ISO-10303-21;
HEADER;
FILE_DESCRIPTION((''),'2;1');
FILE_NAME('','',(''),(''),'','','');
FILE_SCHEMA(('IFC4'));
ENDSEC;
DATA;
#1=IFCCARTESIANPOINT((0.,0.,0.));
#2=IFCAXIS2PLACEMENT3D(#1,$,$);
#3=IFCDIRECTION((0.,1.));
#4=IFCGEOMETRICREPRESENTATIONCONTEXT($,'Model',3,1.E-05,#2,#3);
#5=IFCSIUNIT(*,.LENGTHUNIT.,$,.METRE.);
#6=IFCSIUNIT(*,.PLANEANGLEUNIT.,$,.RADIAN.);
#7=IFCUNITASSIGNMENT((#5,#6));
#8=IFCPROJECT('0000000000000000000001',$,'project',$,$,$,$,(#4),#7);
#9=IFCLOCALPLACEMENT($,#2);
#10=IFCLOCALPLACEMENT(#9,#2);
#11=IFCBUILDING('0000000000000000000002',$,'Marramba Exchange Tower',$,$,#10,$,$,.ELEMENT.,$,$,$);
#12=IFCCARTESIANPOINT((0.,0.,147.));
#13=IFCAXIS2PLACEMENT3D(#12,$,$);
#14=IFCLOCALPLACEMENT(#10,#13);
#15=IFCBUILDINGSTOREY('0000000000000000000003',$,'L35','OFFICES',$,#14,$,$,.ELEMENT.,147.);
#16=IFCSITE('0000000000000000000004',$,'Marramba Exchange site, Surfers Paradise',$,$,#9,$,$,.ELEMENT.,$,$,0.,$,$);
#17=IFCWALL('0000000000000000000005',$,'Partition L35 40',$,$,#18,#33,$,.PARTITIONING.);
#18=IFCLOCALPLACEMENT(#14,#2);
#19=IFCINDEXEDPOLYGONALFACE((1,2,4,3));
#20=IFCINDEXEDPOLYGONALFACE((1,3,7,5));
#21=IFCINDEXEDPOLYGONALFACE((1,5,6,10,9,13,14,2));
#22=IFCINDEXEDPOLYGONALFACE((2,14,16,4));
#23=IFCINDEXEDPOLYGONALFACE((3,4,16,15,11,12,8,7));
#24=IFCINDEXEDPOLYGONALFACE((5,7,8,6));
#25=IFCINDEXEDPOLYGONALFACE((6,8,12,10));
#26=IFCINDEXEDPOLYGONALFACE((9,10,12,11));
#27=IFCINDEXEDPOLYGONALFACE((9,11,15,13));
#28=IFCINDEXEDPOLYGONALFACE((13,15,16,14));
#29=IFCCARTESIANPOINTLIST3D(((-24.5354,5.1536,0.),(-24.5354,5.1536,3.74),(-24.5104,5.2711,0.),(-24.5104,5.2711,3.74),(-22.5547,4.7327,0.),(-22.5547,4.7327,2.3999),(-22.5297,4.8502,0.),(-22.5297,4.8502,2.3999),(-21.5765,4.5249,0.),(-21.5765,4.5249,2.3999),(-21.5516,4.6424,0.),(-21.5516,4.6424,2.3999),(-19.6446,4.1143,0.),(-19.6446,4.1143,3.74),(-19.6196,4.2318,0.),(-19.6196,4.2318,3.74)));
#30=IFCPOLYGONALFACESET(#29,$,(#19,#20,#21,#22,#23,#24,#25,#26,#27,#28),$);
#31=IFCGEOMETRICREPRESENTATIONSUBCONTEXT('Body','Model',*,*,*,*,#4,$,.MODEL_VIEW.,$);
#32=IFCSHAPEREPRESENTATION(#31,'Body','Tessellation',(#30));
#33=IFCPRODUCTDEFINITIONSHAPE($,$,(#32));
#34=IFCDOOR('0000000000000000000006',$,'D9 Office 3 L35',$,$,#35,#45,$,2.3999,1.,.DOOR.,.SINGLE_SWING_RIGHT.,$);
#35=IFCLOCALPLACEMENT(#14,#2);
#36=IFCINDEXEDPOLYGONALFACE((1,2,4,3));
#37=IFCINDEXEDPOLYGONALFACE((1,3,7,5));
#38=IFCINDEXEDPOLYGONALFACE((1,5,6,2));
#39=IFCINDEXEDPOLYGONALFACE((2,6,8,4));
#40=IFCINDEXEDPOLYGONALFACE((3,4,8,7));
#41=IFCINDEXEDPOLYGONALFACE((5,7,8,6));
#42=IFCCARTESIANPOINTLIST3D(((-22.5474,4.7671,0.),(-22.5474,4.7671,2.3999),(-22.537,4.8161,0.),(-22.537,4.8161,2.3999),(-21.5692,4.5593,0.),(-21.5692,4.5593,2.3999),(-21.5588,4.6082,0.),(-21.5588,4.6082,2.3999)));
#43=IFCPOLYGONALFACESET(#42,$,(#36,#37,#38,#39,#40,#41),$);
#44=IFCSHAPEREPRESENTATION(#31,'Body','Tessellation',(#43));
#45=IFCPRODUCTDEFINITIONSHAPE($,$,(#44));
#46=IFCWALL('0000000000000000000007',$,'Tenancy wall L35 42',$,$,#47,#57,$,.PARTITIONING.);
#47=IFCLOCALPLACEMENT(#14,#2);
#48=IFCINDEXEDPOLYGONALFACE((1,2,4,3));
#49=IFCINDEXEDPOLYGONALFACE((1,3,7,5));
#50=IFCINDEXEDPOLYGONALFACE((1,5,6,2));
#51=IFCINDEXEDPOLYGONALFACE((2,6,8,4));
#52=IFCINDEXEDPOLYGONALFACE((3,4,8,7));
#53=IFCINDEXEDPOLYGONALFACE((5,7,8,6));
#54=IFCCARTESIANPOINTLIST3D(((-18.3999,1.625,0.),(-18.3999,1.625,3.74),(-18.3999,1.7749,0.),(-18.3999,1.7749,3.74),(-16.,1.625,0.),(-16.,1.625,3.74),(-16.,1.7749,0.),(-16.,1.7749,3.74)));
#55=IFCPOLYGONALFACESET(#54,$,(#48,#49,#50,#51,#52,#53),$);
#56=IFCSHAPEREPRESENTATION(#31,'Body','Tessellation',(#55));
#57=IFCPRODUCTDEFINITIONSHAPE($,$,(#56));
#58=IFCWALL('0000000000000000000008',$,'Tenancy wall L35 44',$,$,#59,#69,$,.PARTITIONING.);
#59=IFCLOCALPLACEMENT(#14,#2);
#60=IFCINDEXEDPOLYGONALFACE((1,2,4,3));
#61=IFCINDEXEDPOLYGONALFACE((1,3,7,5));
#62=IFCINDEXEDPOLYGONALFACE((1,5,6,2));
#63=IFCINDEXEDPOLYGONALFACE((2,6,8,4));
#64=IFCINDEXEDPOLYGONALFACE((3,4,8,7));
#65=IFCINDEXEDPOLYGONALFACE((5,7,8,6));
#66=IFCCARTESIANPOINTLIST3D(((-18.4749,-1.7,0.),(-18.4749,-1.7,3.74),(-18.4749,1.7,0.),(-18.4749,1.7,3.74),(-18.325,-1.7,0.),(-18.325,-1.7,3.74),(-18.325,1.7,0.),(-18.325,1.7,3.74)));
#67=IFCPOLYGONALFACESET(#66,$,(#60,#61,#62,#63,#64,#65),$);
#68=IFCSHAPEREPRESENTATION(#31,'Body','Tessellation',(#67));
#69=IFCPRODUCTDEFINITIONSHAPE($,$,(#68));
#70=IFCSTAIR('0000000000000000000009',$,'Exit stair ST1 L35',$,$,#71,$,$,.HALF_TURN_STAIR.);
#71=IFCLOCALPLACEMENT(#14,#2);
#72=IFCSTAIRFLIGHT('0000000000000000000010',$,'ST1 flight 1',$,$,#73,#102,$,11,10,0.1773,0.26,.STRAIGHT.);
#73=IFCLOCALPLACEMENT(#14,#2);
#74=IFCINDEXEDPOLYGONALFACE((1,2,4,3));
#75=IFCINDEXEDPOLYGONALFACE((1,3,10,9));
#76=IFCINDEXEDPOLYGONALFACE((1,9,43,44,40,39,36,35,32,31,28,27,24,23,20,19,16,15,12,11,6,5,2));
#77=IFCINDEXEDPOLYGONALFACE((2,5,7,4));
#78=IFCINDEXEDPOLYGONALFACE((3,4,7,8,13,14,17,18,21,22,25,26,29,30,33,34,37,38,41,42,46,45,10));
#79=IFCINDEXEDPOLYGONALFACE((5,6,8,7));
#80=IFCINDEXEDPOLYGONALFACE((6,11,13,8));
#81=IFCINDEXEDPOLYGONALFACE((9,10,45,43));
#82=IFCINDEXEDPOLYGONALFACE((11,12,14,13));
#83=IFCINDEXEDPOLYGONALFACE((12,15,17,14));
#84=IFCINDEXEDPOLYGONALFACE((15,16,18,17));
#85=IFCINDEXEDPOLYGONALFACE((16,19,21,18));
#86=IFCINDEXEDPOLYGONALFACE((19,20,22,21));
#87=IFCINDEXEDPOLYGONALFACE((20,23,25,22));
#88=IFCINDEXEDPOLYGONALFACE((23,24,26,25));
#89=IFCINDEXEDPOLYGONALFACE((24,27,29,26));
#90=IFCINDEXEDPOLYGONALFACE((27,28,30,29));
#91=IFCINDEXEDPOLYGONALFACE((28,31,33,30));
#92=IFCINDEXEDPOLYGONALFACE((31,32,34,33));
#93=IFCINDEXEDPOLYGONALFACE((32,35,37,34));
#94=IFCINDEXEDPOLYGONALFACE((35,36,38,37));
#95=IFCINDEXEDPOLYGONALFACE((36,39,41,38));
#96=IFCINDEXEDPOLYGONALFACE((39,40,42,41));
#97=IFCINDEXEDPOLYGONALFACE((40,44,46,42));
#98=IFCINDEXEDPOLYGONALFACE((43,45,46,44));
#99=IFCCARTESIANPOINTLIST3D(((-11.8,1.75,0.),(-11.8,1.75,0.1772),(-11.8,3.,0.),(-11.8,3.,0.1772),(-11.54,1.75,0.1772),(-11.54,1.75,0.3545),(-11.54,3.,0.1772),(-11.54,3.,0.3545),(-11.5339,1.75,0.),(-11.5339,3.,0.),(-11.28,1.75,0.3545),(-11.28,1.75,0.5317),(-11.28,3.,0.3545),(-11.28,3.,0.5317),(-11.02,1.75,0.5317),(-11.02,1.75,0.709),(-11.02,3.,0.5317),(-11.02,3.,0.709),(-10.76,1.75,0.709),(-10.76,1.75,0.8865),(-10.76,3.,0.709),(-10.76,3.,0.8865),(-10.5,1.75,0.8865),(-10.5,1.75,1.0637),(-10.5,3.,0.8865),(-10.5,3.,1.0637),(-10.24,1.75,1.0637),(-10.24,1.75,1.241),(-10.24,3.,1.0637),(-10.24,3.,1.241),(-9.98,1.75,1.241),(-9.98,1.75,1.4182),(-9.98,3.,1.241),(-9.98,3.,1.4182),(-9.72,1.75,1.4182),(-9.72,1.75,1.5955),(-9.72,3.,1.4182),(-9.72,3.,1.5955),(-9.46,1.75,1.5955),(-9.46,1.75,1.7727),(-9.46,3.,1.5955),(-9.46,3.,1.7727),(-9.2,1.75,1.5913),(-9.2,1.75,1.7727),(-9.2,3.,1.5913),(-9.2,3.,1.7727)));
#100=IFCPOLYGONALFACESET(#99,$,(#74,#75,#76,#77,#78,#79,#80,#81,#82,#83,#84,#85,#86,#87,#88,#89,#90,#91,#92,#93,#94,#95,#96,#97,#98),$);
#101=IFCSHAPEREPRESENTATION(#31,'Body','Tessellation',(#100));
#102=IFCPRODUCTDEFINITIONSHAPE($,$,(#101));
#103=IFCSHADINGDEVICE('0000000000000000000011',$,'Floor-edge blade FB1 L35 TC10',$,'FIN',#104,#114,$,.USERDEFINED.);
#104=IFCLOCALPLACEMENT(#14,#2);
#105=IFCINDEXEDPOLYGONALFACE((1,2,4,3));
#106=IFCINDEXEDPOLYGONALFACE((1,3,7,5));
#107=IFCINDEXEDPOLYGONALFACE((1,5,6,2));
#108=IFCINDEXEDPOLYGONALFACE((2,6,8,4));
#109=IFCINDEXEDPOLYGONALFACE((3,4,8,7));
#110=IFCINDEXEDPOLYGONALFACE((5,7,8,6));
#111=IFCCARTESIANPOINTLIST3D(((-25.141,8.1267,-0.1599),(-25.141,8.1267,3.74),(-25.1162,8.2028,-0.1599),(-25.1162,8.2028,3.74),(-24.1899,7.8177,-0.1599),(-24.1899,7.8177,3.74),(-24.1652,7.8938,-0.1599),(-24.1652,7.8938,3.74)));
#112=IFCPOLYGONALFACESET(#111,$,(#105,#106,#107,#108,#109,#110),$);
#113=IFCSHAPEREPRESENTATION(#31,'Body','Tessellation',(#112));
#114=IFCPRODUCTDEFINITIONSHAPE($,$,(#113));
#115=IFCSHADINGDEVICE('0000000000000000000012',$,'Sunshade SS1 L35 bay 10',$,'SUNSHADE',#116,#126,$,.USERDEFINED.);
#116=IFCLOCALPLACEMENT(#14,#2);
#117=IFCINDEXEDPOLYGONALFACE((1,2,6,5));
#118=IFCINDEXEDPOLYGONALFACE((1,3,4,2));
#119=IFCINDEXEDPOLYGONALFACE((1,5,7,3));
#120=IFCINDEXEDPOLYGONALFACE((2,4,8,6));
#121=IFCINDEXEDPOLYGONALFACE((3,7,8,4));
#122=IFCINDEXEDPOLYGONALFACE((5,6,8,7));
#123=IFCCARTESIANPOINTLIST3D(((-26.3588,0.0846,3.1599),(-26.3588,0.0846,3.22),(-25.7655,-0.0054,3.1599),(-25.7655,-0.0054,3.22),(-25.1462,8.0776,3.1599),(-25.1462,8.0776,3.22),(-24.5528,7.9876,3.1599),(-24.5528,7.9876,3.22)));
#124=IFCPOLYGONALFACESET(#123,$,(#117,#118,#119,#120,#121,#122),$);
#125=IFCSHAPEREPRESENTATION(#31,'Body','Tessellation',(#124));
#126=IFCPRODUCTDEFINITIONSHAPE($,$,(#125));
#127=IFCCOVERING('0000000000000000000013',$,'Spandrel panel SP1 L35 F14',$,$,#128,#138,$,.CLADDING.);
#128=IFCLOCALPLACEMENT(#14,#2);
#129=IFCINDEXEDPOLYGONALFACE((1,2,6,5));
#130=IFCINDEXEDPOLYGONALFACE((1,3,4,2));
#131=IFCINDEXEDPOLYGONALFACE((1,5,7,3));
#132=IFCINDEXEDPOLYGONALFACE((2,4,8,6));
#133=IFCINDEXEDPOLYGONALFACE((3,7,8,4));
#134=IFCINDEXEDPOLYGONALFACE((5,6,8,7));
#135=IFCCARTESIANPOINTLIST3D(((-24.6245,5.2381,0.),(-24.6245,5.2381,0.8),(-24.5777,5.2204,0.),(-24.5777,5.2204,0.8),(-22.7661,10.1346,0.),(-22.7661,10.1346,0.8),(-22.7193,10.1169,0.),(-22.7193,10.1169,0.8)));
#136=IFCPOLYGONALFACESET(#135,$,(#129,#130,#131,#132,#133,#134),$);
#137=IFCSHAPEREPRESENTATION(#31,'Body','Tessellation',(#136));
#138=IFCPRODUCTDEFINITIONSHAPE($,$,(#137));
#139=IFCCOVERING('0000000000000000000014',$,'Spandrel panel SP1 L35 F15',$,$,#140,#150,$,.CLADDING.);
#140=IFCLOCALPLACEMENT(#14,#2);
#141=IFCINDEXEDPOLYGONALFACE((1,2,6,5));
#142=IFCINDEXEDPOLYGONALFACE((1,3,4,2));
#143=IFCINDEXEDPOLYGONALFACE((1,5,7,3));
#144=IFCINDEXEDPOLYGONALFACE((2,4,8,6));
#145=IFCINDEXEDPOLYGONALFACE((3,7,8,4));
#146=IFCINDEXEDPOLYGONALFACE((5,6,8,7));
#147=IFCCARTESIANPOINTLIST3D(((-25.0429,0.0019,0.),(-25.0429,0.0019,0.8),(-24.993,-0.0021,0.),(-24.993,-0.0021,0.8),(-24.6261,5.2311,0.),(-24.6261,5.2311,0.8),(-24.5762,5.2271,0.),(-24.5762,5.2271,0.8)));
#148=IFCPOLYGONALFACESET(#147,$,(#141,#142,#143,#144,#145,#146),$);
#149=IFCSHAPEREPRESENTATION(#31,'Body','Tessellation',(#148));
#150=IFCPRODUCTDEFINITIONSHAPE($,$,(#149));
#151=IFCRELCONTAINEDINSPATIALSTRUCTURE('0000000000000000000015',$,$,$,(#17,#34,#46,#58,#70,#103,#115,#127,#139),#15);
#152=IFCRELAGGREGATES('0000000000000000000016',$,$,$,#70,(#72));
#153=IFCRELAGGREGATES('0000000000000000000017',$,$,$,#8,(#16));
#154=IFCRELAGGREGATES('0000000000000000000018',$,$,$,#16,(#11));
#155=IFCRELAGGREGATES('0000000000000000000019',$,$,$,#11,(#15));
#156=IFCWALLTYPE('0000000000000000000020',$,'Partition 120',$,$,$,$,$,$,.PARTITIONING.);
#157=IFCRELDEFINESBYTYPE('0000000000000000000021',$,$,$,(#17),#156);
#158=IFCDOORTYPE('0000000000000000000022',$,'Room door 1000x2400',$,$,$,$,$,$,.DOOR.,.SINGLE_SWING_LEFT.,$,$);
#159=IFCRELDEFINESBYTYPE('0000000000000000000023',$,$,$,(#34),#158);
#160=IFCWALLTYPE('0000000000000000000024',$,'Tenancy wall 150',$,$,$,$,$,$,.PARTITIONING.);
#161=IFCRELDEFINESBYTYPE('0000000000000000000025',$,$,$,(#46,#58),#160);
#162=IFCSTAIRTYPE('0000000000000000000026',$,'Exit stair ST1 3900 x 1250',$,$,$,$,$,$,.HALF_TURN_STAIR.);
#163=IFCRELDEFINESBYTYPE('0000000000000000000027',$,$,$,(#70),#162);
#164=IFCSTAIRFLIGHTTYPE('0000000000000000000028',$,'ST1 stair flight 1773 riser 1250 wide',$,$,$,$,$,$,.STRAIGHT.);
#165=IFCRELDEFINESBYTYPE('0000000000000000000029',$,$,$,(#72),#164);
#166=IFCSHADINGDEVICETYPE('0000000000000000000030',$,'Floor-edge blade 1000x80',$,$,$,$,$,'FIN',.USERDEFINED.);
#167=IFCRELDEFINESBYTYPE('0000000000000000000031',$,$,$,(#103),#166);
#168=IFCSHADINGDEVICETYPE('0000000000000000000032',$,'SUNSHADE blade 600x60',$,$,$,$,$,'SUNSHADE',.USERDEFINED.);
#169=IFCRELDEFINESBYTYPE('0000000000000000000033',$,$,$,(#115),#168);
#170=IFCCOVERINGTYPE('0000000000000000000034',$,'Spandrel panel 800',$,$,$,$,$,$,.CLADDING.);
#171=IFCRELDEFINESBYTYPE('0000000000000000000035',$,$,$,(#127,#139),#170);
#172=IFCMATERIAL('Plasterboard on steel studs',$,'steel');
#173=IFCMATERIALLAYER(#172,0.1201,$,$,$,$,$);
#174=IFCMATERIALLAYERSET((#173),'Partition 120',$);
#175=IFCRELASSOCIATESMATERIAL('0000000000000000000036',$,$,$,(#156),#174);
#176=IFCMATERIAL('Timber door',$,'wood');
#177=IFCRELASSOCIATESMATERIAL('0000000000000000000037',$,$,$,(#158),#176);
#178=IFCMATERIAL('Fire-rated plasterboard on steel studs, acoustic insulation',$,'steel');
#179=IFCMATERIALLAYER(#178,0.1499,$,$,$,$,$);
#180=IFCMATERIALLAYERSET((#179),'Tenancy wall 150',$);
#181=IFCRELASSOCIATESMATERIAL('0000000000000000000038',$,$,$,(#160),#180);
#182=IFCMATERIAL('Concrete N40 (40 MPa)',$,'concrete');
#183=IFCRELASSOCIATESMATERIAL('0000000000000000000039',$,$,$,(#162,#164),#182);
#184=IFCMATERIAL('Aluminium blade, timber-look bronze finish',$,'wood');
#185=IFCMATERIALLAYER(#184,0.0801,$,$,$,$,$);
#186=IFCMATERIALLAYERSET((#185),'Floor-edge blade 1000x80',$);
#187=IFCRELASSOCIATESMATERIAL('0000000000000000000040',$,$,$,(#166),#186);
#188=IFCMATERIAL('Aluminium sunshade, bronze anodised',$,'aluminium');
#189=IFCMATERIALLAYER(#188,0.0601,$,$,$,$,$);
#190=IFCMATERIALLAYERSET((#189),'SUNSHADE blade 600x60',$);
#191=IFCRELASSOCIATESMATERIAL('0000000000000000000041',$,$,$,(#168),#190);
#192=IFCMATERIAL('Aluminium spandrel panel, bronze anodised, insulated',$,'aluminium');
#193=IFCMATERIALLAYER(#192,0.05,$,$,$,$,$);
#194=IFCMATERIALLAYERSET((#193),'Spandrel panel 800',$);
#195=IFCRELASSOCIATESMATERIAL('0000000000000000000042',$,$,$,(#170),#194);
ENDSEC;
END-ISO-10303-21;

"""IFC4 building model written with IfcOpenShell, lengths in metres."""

from ifc_helpers import new_model, si_unit, direction, frame, frame_2d, origin, origin_2d, place, context, subcontext, project, spatial, polyline, rectangle, outline, extrude, material, layer, layer_set, type_object, element, fill, aggregate, save


model = new_model("IFC4")

# Units and contexts
model_context = context("Model", 3, precision=1e-05, world=origin(), true_north=direction((0.0, 1.0)))
body_context = subcontext(model_context, "Body", "Model", "MODEL_VIEW")
ifc_project = project(units=[si_unit("LENGTHUNIT", "METRE"), si_unit("PLANEANGLEUNIT", "RADIAN")], contexts=[model_context])

# Site, building, storey
site_placement = place(None, origin())
site = spatial("IfcSite", under=ifc_project, at=site_placement, Name="Marramba Exchange site, Surfers Paradise", CompositionType="ELEMENT", RefElevation=0.0)
building_placement = place(site_placement, origin())
building = spatial("IfcBuilding", under=site, at=building_placement, Name="Marramba Exchange Tower", CompositionType="ELEMENT")
storey_placement = place(building_placement, frame((0.0, 0.0, 147.0)))
storey = spatial("IfcBuildingStorey", under=building, at=storey_placement, Name="L35", Description="OFFICES", CompositionType="ELEMENT", Elevation=147.0)

# Wall, opening, door
ifc_material_1 = material(Name="Plasterboard on steel studs", Category="steel")
ifc_layer_1 = layer(ifc_material_1, 0.1201)
ifc_layer_set_1 = layer_set([ifc_layer_1], Name="Partition 120")
wall_type_1 = type_object("IfcWallType", Name="Partition 120", PredefinedType="PARTITIONING", material=ifc_layer_set_1)
wall_1_placement = place(storey_placement, frame((-19.6321, 4.1731, 0.0), z_axis=(0.0, 0.0, 1.0), x_axis=(-0.978159, 0.207858, 0.0)))
wall_1 = element("IfcWall", 1, at=wall_1_placement, inside=storey, type_object=wall_type_1, Name="Partition L35 40", PredefinedType="PARTITIONING", context=body_context, shape_type="SweptSolid", body=[
    extrude(rectangle(XDim=5.0, YDim=0.1201, at=frame_2d((2.5, 0.0))), origin(), (0.0, 0.0, 1.0), 3.74),
])
opening_1_placement = place(wall_1_placement, frame((1.9751, 0.0, 0.0)))
opening_1 = element("IfcOpeningElement", 2, at=opening_1_placement, cuts=wall_1, PredefinedType="OPENING", context=body_context, shape_type="SweptSolid", body=[
    extrude(rectangle(XDim=1.0, YDim=2.3999, at=frame_2d((0.5, 1.2))), frame((0.0, 0.0701, 0.0), z_axis=(0.0, -1.0, 0.0), x_axis=(1.0, 0.0, 0.0)), (0.0, 0.0, 1.0), 0.1401),
])
ifc_material_2 = material(Name="Timber door", Category="wood")
door_type_1 = type_object("IfcDoorType", Name="Room door 1000x2400", OperationType="SINGLE_SWING_LEFT", PredefinedType="DOOR", material=ifc_material_2)
door_1_placement = place(opening_1_placement, origin())
door_1 = element("IfcDoor", 3, at=door_1_placement, inside=storey, type_object=door_type_1, Name="D9 Office 3 L35", OperationType="SINGLE_SWING_RIGHT", OverallHeight=2.3999, OverallWidth=1.0, PredefinedType="DOOR", context=body_context, shape_type="SweptSolid", body=[
    extrude(rectangle(XDim=1.0, YDim=2.3999, at=frame_2d((0.5, 1.2))), frame((0.0, 0.0249, 0.0), z_axis=(0.0, -1.0, 0.0), x_axis=(1.0, 0.0, 0.0)), (0.0, 0.0, 1.0), 0.05),
])
fill(opening_1, door_1)

# Walls
ifc_material_3 = material(Name="Fire-rated plasterboard on steel studs, acoustic insulation", Category="steel")
ifc_layer_2 = layer(ifc_material_3, 0.1499)
ifc_layer_set_2 = layer_set([ifc_layer_2], Name="Tenancy wall 150")
wall_type_2 = type_object("IfcWallType", Name="Tenancy wall 150", PredefinedType="PARTITIONING", material=ifc_layer_set_2)
wall_2_placement = place(storey_placement, frame((-16.0, 1.7, 0.0), z_axis=(0.0, 0.0, 1.0), x_axis=(-1.0, 0.0, 0.0)))
element("IfcWall", 4, at=wall_2_placement, inside=storey, type_object=wall_type_2, Name="Tenancy wall L35 42", PredefinedType="PARTITIONING", context=body_context, shape_type="SweptSolid", body=[
    extrude(rectangle(XDim=2.3999, YDim=0.1499, at=frame_2d((1.2, 0.0))), origin(), (0.0, 0.0, 1.0), 3.74),
])
wall_3_placement = place(storey_placement, frame((-18.3999, 1.7, 0.0), z_axis=(0.0, 0.0, 1.0), x_axis=(0.0, -1.0, 0.0)))
element("IfcWall", 5, at=wall_3_placement, inside=storey, type_object=wall_type_2, Name="Tenancy wall L35 44", PredefinedType="PARTITIONING", context=body_context, shape_type="SweptSolid", body=[
    extrude(rectangle(XDim=3.3999, YDim=0.1499, at=frame_2d((1.7, 0.0))), origin(), (0.0, 0.0, 1.0), 3.74),
])

# Stair, stair flight
ifc_material_4 = material(Name="Concrete N40 (40 MPa)", Category="concrete")
stair_type = type_object("IfcStairType", Name="Exit stair ST1 3900 x 1250", PredefinedType="HALF_TURN_STAIR", material=ifc_material_4)
stair_placement = place(storey_placement, origin())
stair = element("IfcStair", 6, at=stair_placement, inside=storey, type_object=stair_type, Name="Exit stair ST1 L35", PredefinedType="HALF_TURN_STAIR")
stair_flight_type = type_object("IfcStairFlightType", Name="ST1 stair flight 1773 riser 1250 wide", PredefinedType="STRAIGHT", material=ifc_material_4)
stair_flight_placement = place(storey_placement, frame((-11.8, 2.375, 0.0), z_axis=(0.0, 0.0, 1.0), x_axis=(1.0, 0.0, 0.0)))
stair_flight = element("IfcStairFlight", 7, at=stair_flight_placement, type_object=stair_flight_type, Name="ST1 flight 1", NumberOfRisers=11, NumberOfTreads=10, PredefinedType="STRAIGHT", RiserHeight=0.1773, TreadLength=0.26, context=body_context, shape_type="SweptSolid", body=[
    extrude(outline(polyline([(0.0, 0.0), (0.0, 0.1772), (0.26, 0.1772), (0.26, 0.3545), (0.52, 0.3545), (0.52, 0.5317), (0.78, 0.5317), (0.78, 0.709), (1.04, 0.709), (1.04, 0.8865), (1.3, 0.8865), (1.3, 1.0637), (1.5601, 1.0637), (1.5601, 1.241), (1.8201, 1.241), (1.8201, 1.4182), (2.0801, 1.4182), (2.0801, 1.5955), (2.3401, 1.5955), (2.3401, 1.7727), (2.6001, 1.7727), (2.6001, 1.95), (2.6001, 1.5913), (0.2661, 0.0), (0.0, 0.0)])), frame((0.0, 0.625, 0.0), z_axis=(0.0, -1.0, 0.0), x_axis=(1.0, 0.0, 0.0)), (0.0, 0.0, 1.0), 1.25),
])
aggregate(stair, [stair_flight])

# Shading devices
ifc_material_5 = material(Name="Aluminium blade, timber-look bronze finish", Category="wood")
ifc_layer_3 = layer(ifc_material_5, 0.0801)
ifc_layer_set_3 = layer_set([ifc_layer_3], Name="Floor-edge blade 1000x80")
shading_device_type_1 = type_object("IfcShadingDeviceType", Name="Floor-edge blade 1000x80", ElementType="FIN", PredefinedType="USERDEFINED", material=ifc_layer_set_3)
shading_device_1_placement = place(storey_placement, frame((-24.6531, 8.0103, -0.1599), z_axis=(0.0, 0.0, 1.0), x_axis=(-0.951057, 0.309017, 0.0)))
element("IfcShadingDevice", 8, at=shading_device_1_placement, inside=storey, type_object=shading_device_type_1, Name="Floor-edge blade FB1 L35 TC10", ObjectType="FIN", PredefinedType="USERDEFINED", context=body_context, shape_type="SweptSolid", body=[
    extrude(rectangle(XDim=1.0, YDim=0.0801, at=origin_2d()), origin(), (0.0, 0.0, 1.0), 3.8999),
])
ifc_material_6 = material(Name="Aluminium sunshade, bronze anodised", Category="aluminium")
ifc_layer_4 = layer(ifc_material_6, 0.0601)
ifc_layer_set_4 = layer_set([ifc_layer_4], Name="SUNSHADE blade 600x60")
shading_device_type_2 = type_object("IfcShadingDeviceType", Name="SUNSHADE blade 600x60", ElementType="SUNSHADE", PredefinedType="USERDEFINED", material=ifc_layer_set_4)
shading_device_2_placement = place(storey_placement, frame((-25.4558, 4.0361, 3.1599), z_axis=(0.0, 0.0, 1.0), x_axis=(-0.149993, -0.988687, 0.0)))
element("IfcShadingDevice", 9, at=shading_device_2_placement, inside=storey, type_object=shading_device_type_2, Name="Sunshade SS1 L35 bay 10", ObjectType="SUNSHADE", PredefinedType="USERDEFINED", context=body_context, shape_type="SweptSolid", body=[
    extrude(rectangle(XDim=8.0845, YDim=0.6001, at=origin_2d()), origin(), (0.0, 0.0, 1.0), 0.0601),
])

# Coverings
ifc_material_7 = material(Name="Aluminium spandrel panel, bronze anodised, insulated", Category="aluminium")
ifc_layer_5 = layer(ifc_material_7, 0.05)
ifc_layer_set_5 = layer_set([ifc_layer_5], Name="Spandrel panel 800")
covering_type = type_object("IfcCoveringType", Name="Spandrel panel 800", PredefinedType="CLADDING", material=ifc_layer_set_5)
covering_1_placement = place(storey_placement, frame((-23.6719, 7.6775, 0.0), z_axis=(0.0, 0.0, 1.0), x_axis=(-0.354844, -0.934925, 0.0)))
element("IfcCovering", 10, at=covering_1_placement, inside=storey, type_object=covering_type, Name="Spandrel panel SP1 L35 F14", PredefinedType="CLADDING", context=body_context, shape_type="SweptSolid", body=[
    extrude(rectangle(XDim=5.2373, YDim=0.05, at=origin_2d()), origin(), (0.0, 0.0, 1.0), 0.8),
])
covering_2_placement = place(storey_placement, frame((-24.8096, 2.6145, 0.0), z_axis=(0.0, 0.0, 1.0), x_axis=(-0.07946, -0.996838, 0.0)))
element("IfcCovering", 11, at=covering_2_placement, inside=storey, type_object=covering_type, Name="Spandrel panel SP1 L35 F15", PredefinedType="CLADDING", context=body_context, shape_type="SweptSolid", body=[
    extrude(rectangle(XDim=5.2458, YDim=0.05, at=origin_2d()), origin(), (0.0, 0.0, 1.0), 0.8),
])

save(model, "model.ifc")
